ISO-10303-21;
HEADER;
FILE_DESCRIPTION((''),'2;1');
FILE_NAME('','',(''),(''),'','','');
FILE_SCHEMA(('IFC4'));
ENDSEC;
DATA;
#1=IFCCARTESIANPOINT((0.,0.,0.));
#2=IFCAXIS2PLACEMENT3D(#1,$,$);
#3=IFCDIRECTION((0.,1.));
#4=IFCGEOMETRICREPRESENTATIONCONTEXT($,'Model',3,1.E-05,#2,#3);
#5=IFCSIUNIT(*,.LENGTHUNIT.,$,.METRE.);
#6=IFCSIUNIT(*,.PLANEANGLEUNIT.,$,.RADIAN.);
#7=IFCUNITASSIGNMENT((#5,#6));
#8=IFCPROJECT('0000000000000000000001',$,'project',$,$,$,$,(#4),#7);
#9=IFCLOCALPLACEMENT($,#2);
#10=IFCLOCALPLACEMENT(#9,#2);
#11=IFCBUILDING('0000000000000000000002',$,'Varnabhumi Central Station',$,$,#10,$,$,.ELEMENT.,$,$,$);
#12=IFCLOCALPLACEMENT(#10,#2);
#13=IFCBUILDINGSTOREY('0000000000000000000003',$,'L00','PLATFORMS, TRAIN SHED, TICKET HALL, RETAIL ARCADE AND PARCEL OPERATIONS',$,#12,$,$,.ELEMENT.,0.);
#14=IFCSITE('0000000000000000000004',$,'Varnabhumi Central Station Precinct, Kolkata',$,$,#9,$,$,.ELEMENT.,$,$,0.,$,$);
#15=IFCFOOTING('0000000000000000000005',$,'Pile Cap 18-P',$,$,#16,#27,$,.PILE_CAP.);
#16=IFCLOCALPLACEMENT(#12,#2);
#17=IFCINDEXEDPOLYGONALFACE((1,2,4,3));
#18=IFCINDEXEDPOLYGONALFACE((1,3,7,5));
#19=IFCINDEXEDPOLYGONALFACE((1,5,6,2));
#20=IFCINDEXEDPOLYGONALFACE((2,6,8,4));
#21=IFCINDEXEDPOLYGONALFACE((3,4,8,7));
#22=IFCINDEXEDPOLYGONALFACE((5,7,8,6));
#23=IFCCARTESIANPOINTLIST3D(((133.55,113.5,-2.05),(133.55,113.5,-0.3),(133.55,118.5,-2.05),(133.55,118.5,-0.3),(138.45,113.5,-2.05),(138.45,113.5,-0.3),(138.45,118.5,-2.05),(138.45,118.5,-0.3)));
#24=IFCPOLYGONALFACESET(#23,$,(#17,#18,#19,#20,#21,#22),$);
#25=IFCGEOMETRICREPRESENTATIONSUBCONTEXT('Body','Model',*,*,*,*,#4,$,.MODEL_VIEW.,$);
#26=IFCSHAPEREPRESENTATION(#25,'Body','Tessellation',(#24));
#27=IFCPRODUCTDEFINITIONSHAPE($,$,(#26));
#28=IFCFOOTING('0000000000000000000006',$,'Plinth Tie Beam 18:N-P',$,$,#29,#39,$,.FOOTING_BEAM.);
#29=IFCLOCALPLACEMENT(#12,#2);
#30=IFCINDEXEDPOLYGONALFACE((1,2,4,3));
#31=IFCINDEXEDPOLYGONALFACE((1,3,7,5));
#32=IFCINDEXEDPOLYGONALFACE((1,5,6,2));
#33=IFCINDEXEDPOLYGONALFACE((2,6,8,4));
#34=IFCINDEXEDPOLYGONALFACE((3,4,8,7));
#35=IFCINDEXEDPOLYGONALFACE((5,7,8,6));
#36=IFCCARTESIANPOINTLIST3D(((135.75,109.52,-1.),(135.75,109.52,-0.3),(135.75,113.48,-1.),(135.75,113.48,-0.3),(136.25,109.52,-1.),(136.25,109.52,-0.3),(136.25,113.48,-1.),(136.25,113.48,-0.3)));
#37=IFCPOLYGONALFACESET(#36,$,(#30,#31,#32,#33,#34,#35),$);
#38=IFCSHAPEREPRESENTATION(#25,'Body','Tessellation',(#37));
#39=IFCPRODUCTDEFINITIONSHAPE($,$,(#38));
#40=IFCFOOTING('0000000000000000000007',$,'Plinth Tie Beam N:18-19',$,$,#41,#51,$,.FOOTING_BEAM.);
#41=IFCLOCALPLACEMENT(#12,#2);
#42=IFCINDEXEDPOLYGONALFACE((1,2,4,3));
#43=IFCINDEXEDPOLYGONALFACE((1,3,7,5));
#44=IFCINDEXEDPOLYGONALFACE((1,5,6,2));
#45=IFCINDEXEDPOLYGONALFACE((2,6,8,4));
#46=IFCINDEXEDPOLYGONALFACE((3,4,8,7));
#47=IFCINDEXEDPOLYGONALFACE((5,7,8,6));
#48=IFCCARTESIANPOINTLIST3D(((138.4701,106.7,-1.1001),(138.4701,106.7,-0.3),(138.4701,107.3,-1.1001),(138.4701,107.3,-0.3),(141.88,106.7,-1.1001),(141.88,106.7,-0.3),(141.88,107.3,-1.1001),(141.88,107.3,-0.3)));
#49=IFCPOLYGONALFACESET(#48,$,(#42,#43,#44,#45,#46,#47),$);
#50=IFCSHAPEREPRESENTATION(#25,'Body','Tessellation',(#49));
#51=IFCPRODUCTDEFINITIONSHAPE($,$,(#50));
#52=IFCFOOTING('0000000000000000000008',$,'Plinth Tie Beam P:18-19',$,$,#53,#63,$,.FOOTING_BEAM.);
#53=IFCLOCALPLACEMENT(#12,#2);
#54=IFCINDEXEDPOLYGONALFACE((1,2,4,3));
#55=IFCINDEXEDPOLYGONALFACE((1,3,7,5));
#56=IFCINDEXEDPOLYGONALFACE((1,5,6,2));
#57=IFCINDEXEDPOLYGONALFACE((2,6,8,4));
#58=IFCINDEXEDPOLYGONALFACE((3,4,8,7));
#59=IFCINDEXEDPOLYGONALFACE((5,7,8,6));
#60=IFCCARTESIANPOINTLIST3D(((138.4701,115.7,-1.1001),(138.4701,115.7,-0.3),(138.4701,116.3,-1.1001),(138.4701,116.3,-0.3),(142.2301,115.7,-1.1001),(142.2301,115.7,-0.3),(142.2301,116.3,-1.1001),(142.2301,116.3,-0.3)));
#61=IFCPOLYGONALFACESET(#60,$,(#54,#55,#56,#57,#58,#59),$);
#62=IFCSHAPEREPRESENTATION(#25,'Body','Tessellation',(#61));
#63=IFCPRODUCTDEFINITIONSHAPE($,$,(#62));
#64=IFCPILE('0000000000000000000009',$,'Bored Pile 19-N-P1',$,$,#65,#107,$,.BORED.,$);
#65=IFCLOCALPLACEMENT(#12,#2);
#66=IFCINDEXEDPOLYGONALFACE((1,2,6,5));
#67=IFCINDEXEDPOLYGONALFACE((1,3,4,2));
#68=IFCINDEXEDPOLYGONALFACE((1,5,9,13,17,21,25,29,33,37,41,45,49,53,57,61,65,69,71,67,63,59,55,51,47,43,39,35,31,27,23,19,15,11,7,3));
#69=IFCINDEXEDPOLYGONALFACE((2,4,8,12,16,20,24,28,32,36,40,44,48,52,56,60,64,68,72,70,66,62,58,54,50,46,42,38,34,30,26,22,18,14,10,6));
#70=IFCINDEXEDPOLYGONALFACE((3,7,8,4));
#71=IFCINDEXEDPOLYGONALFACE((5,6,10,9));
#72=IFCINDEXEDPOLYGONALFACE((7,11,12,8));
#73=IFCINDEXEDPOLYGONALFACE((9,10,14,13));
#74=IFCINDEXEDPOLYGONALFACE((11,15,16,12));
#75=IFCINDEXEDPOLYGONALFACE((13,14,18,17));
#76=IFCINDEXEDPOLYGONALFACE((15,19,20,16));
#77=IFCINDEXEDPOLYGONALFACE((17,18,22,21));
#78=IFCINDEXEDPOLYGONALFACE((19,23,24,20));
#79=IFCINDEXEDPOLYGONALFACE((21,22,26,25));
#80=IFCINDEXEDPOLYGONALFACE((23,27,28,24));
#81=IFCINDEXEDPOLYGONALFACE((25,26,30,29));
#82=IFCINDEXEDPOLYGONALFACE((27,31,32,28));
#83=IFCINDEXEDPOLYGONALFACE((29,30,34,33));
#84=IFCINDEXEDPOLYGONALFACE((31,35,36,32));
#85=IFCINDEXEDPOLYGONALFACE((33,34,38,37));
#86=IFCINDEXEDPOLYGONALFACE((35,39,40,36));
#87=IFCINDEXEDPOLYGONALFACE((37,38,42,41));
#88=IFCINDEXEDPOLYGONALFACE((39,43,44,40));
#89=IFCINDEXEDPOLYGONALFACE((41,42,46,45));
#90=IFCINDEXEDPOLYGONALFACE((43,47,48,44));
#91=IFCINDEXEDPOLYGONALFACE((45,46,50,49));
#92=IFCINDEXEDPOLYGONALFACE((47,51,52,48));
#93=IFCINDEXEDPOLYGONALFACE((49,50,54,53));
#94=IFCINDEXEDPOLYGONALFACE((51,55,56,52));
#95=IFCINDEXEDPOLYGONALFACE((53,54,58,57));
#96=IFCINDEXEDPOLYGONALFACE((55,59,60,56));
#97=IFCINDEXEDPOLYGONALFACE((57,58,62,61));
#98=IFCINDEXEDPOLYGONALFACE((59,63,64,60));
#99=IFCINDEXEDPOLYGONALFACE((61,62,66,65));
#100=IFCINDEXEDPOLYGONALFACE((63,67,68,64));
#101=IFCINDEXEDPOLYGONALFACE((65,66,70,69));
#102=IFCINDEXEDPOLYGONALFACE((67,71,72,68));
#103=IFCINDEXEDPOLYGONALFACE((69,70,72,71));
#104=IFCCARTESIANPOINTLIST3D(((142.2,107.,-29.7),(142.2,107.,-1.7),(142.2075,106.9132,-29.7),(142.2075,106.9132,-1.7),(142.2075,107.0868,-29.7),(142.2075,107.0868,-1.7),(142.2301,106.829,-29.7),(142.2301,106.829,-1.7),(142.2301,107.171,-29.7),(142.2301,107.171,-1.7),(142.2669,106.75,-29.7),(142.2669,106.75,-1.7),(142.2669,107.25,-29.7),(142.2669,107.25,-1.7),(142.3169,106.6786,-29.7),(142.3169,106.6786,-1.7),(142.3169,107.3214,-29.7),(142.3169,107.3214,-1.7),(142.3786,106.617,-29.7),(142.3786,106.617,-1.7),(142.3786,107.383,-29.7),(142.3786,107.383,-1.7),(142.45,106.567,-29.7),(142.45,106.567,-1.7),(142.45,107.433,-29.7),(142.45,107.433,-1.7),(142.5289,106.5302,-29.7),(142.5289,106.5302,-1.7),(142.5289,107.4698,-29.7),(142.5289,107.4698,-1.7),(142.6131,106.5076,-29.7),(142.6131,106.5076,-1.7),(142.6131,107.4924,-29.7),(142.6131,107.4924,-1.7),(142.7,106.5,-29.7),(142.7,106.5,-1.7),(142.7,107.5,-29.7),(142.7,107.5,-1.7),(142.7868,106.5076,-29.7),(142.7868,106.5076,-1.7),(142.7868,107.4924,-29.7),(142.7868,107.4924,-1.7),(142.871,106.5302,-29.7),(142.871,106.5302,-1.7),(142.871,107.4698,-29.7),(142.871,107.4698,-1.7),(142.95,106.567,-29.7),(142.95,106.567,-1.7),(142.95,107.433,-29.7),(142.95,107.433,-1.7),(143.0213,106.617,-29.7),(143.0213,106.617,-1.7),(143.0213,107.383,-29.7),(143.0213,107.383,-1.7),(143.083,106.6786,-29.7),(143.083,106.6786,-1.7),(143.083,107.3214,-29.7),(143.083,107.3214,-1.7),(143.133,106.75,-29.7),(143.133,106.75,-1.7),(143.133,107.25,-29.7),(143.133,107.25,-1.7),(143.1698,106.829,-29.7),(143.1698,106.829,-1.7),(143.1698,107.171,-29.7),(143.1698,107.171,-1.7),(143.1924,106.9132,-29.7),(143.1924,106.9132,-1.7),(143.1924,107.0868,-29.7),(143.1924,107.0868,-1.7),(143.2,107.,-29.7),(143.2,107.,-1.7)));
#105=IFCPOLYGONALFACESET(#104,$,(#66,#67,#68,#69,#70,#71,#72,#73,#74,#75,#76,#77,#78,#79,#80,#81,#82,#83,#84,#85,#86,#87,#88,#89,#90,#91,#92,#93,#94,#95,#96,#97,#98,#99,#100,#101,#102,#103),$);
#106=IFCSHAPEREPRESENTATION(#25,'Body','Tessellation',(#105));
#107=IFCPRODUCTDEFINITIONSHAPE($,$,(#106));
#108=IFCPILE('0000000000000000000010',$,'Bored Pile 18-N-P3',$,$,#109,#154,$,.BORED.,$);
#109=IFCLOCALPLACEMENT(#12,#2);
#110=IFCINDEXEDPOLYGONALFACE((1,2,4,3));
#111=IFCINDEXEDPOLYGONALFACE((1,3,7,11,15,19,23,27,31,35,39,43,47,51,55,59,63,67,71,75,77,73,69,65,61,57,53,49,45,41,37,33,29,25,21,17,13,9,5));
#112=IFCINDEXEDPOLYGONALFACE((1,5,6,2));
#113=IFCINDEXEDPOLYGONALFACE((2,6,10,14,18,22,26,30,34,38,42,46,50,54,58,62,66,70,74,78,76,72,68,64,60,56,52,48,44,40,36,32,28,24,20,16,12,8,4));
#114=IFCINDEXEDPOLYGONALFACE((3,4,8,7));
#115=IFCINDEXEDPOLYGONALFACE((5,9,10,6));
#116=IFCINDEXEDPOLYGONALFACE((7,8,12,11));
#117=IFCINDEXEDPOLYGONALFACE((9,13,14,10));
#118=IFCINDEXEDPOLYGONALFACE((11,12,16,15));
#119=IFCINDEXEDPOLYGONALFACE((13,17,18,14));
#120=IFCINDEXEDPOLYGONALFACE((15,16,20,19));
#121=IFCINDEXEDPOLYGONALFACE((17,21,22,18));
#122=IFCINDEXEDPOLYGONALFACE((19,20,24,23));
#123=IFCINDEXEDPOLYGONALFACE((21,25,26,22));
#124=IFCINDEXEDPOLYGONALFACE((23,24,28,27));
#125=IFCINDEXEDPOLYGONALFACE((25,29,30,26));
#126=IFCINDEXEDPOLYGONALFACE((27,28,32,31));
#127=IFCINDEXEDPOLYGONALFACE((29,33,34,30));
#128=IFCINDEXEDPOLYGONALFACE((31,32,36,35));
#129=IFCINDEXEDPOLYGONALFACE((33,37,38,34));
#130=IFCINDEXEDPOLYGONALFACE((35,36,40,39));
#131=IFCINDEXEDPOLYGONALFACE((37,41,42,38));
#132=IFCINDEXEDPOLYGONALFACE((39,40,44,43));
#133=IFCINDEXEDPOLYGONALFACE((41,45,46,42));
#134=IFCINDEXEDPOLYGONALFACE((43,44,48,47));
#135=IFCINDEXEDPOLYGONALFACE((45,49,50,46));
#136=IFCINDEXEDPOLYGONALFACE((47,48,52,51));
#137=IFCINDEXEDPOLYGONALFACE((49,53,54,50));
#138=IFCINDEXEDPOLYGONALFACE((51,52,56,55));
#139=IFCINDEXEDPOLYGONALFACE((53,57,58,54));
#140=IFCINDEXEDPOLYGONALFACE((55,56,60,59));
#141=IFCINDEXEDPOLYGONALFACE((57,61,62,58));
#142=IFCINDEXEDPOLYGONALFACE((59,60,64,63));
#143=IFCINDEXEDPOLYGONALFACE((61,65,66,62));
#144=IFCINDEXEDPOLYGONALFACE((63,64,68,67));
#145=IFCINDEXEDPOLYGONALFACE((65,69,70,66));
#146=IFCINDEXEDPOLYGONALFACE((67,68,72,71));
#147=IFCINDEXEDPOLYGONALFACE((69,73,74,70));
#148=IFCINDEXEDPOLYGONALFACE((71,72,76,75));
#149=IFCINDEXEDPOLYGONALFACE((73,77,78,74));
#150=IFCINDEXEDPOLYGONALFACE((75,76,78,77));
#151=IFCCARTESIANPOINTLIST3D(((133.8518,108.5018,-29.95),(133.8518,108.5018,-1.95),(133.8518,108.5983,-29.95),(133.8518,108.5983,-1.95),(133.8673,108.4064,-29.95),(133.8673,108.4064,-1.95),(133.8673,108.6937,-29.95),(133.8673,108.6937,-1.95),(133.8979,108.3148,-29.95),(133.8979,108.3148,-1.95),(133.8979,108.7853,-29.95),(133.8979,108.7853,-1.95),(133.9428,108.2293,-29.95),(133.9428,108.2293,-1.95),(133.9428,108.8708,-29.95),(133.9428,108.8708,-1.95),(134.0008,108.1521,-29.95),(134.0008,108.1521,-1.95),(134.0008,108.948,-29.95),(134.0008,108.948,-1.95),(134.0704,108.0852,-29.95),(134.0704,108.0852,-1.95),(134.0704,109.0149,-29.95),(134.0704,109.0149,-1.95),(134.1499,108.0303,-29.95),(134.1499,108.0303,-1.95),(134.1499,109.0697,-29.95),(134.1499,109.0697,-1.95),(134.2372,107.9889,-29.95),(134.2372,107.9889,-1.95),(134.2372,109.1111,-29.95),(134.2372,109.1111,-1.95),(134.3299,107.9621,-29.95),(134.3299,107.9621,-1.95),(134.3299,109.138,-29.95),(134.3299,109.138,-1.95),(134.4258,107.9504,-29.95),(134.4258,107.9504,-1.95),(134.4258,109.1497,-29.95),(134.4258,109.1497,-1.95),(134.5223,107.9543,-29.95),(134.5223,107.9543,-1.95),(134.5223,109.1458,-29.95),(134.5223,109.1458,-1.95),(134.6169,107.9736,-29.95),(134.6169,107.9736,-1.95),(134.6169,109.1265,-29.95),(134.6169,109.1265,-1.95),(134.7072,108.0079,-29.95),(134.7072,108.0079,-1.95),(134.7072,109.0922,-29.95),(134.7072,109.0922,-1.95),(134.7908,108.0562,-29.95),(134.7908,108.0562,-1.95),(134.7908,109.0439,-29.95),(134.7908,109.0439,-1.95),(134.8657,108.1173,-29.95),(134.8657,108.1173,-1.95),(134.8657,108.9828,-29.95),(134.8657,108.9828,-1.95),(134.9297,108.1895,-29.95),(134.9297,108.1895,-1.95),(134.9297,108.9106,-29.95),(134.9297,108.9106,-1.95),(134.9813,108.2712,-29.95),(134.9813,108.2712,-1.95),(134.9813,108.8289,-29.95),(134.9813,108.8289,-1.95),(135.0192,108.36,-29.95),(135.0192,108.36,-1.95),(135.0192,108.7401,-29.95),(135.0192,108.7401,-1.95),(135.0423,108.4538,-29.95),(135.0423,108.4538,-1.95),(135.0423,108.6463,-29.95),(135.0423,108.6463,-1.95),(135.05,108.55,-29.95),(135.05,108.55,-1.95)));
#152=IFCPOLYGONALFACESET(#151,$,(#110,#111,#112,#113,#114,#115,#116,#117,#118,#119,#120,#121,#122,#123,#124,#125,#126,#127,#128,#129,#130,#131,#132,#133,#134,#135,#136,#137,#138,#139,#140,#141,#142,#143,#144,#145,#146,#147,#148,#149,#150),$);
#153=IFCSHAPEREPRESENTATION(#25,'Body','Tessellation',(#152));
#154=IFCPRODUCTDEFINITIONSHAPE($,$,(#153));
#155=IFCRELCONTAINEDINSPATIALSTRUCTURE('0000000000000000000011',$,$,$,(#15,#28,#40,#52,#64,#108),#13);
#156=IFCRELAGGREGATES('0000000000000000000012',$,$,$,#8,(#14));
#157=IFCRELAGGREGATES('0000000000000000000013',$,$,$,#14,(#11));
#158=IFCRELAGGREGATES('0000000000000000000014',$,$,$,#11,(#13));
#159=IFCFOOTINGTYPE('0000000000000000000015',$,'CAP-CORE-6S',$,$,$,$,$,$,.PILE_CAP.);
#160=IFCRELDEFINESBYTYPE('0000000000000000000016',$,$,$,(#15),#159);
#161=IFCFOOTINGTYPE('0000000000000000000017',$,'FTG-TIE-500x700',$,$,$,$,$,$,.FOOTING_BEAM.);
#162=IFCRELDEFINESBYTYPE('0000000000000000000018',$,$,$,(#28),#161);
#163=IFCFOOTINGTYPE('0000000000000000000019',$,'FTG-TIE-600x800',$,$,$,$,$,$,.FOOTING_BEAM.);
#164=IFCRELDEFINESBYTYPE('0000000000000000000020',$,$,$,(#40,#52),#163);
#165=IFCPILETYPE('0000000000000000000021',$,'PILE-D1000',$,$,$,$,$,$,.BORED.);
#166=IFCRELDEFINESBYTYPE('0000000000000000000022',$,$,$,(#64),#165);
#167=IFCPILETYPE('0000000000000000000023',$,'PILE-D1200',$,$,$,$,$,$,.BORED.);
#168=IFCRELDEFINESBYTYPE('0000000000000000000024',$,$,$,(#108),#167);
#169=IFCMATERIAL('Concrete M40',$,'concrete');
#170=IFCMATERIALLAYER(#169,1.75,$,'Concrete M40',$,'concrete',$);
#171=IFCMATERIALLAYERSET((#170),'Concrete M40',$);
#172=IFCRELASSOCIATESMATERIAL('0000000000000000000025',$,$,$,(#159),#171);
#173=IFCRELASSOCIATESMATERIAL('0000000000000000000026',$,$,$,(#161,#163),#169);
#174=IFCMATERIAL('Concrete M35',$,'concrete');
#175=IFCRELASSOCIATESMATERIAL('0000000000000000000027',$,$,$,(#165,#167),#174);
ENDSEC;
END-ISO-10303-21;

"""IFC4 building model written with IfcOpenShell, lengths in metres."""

from ifc_helpers import new_model, si_unit, direction, frame, origin, origin_2d, place, context, subcontext, project, spatial, rectangle, circle, extrude, material, layer, layer_set, material_profile, profile_set, type_object, element, save


model = new_model("IFC4")

# Units and contexts
model_context = context("Model", 3, precision=1e-05, world=origin(), true_north=direction((0.0, 1.0)))
body_context = subcontext(model_context, "Body", "Model", "MODEL_VIEW")
ifc_project = project(units=[si_unit("LENGTHUNIT", "METRE"), si_unit("PLANEANGLEUNIT", "RADIAN")], contexts=[model_context])

# Site, building, storey
site_placement = place(None, origin())
site = spatial("IfcSite", under=ifc_project, at=site_placement, Name="Varnabhumi Central Station Precinct, Kolkata", CompositionType="ELEMENT", RefElevation=0.0)
building_placement = place(site_placement, origin())
building = spatial("IfcBuilding", under=site, at=building_placement, Name="Varnabhumi Central Station", CompositionType="ELEMENT")
storey_placement = place(building_placement, origin())
storey = spatial("IfcBuildingStorey", under=building, at=storey_placement, Name="L00", Description="PLATFORMS, TRAIN SHED, TICKET HALL, RETAIL ARCADE AND PARCEL OPERATIONS", CompositionType="ELEMENT", Elevation=0.0)

# Footings
ifc_material_1 = material(Name="Concrete M40", Category="concrete")
ifc_layer_1 = layer(ifc_material_1, 1.75, Name="Concrete M40", Category="concrete")
ifc_layer_set_1 = layer_set([ifc_layer_1], Name="Concrete M40")
footing_type_1 = type_object("IfcFootingType", Name="CAP-CORE-6S", PredefinedType="PILE_CAP", material=ifc_layer_set_1)
footing_1_placement = place(storey_placement, frame((136.0, 116.0, -2.05), z_axis=(0.0, 0.0, 1.0), x_axis=(1.0, 0.0, 0.0)))
element("IfcFooting", 1, at=footing_1_placement, inside=storey, type_object=footing_type_1, Name="Pile Cap 18-P", PredefinedType="PILE_CAP", context=body_context, shape_type="SweptSolid", body=[
    extrude(rectangle(XDim=4.8999, YDim=5.0, at=origin_2d()), origin(), (0.0, 0.0, 1.0), 1.75),
])
footing_type_2 = type_object("IfcFootingType", Name="FTG-TIE-500x700", PredefinedType="FOOTING_BEAM", material=ifc_material_1)
footing_2_placement = place(storey_placement, frame((136.0, 111.5, -1.0), z_axis=(0.0, 0.0, 1.0), x_axis=(1.0, 0.0, 0.0)))
element("IfcFooting", 2, at=footing_2_placement, inside=storey, type_object=footing_type_2, Name="Plinth Tie Beam 18:N-P", PredefinedType="FOOTING_BEAM", context=body_context, shape_type="SweptSolid", body=[
    extrude(rectangle(XDim=0.5, YDim=3.96, at=origin_2d()), origin(), (0.0, 0.0, 1.0), 0.7),
])
footing_type_3 = type_object("IfcFootingType", Name="FTG-TIE-600x800", PredefinedType="FOOTING_BEAM", material=ifc_material_1)
footing_3_placement = place(storey_placement, frame((140.175, 107.0, -1.1001), z_axis=(0.0, 0.0, 1.0), x_axis=(1.0, 0.0, 0.0)))
element("IfcFooting", 3, at=footing_3_placement, inside=storey, type_object=footing_type_3, Name="Plinth Tie Beam N:18-19", PredefinedType="FOOTING_BEAM", context=body_context, shape_type="SweptSolid", body=[
    extrude(rectangle(XDim=3.4099, YDim=0.6001, at=origin_2d()), origin(), (0.0, 0.0, 1.0), 0.8),
])
footing_4_placement = place(storey_placement, frame((140.3501, 116.0, -1.1001), z_axis=(0.0, 0.0, 1.0), x_axis=(1.0, 0.0, 0.0)))
element("IfcFooting", 4, at=footing_4_placement, inside=storey, type_object=footing_type_3, Name="Plinth Tie Beam P:18-19", PredefinedType="FOOTING_BEAM", context=body_context, shape_type="SweptSolid", body=[
    extrude(rectangle(XDim=3.76, YDim=0.6001, at=origin_2d()), origin(), (0.0, 0.0, 1.0), 0.8),
])

# Piles
ifc_material_2 = material(Name="Concrete M35", Category="concrete")
ifc_material_profile_1 = material_profile(ifc_material_2, circle(Radius=0.5, at=origin_2d()), Name="Concrete M35", Category="concrete")
ifc_profile_set_1 = profile_set([ifc_material_profile_1], Name="Concrete M35")
pile_type_1 = type_object("IfcPileType", Name="PILE-D1000", PredefinedType="BORED", material=ifc_profile_set_1)
pile_1_placement = place(storey_placement, frame((142.7, 107.0, -1.7), z_axis=(0.0, 0.0, -1.0), x_axis=(1.0, 0.0, 0.0)))
element("IfcPile", 5, at=pile_1_placement, inside=storey, type_object=pile_type_1, Name="Bored Pile 19-N-P1", PredefinedType="BORED", context=body_context, shape_type="SweptSolid", body=[
    extrude(circle(Radius=0.5, at=origin_2d()), origin(), (0.0, 0.0, 1.0), 28.0),
])
ifc_material_profile_2 = material_profile(ifc_material_2, circle(Radius=0.6001, at=origin_2d()), Name="Concrete M35", Category="concrete")
ifc_profile_set_2 = profile_set([ifc_material_profile_2], Name="Concrete M35")
pile_type_2 = type_object("IfcPileType", Name="PILE-D1200", PredefinedType="BORED", material=ifc_profile_set_2)
for number, where, z_axis, x_axis, name in (
    (6, (134.45, 108.55, -1.95), (0.0, 0.0, -1.0), (1.0, 0.0, 0.0), "Bored Pile 18-N-P3"),
):
    element("IfcPile", number, at=place(storey_placement, frame(where, z_axis=z_axis, x_axis=x_axis)), inside=storey, type_object=pile_type_2, Name=name, PredefinedType="BORED", context=body_context, shape_type="SweptSolid", body=[
        extrude(circle(Radius=0.6001, at=origin_2d()), origin(), (0.0, 0.0, 1.0), 28.0),
    ])

save(model, "model.ifc")
